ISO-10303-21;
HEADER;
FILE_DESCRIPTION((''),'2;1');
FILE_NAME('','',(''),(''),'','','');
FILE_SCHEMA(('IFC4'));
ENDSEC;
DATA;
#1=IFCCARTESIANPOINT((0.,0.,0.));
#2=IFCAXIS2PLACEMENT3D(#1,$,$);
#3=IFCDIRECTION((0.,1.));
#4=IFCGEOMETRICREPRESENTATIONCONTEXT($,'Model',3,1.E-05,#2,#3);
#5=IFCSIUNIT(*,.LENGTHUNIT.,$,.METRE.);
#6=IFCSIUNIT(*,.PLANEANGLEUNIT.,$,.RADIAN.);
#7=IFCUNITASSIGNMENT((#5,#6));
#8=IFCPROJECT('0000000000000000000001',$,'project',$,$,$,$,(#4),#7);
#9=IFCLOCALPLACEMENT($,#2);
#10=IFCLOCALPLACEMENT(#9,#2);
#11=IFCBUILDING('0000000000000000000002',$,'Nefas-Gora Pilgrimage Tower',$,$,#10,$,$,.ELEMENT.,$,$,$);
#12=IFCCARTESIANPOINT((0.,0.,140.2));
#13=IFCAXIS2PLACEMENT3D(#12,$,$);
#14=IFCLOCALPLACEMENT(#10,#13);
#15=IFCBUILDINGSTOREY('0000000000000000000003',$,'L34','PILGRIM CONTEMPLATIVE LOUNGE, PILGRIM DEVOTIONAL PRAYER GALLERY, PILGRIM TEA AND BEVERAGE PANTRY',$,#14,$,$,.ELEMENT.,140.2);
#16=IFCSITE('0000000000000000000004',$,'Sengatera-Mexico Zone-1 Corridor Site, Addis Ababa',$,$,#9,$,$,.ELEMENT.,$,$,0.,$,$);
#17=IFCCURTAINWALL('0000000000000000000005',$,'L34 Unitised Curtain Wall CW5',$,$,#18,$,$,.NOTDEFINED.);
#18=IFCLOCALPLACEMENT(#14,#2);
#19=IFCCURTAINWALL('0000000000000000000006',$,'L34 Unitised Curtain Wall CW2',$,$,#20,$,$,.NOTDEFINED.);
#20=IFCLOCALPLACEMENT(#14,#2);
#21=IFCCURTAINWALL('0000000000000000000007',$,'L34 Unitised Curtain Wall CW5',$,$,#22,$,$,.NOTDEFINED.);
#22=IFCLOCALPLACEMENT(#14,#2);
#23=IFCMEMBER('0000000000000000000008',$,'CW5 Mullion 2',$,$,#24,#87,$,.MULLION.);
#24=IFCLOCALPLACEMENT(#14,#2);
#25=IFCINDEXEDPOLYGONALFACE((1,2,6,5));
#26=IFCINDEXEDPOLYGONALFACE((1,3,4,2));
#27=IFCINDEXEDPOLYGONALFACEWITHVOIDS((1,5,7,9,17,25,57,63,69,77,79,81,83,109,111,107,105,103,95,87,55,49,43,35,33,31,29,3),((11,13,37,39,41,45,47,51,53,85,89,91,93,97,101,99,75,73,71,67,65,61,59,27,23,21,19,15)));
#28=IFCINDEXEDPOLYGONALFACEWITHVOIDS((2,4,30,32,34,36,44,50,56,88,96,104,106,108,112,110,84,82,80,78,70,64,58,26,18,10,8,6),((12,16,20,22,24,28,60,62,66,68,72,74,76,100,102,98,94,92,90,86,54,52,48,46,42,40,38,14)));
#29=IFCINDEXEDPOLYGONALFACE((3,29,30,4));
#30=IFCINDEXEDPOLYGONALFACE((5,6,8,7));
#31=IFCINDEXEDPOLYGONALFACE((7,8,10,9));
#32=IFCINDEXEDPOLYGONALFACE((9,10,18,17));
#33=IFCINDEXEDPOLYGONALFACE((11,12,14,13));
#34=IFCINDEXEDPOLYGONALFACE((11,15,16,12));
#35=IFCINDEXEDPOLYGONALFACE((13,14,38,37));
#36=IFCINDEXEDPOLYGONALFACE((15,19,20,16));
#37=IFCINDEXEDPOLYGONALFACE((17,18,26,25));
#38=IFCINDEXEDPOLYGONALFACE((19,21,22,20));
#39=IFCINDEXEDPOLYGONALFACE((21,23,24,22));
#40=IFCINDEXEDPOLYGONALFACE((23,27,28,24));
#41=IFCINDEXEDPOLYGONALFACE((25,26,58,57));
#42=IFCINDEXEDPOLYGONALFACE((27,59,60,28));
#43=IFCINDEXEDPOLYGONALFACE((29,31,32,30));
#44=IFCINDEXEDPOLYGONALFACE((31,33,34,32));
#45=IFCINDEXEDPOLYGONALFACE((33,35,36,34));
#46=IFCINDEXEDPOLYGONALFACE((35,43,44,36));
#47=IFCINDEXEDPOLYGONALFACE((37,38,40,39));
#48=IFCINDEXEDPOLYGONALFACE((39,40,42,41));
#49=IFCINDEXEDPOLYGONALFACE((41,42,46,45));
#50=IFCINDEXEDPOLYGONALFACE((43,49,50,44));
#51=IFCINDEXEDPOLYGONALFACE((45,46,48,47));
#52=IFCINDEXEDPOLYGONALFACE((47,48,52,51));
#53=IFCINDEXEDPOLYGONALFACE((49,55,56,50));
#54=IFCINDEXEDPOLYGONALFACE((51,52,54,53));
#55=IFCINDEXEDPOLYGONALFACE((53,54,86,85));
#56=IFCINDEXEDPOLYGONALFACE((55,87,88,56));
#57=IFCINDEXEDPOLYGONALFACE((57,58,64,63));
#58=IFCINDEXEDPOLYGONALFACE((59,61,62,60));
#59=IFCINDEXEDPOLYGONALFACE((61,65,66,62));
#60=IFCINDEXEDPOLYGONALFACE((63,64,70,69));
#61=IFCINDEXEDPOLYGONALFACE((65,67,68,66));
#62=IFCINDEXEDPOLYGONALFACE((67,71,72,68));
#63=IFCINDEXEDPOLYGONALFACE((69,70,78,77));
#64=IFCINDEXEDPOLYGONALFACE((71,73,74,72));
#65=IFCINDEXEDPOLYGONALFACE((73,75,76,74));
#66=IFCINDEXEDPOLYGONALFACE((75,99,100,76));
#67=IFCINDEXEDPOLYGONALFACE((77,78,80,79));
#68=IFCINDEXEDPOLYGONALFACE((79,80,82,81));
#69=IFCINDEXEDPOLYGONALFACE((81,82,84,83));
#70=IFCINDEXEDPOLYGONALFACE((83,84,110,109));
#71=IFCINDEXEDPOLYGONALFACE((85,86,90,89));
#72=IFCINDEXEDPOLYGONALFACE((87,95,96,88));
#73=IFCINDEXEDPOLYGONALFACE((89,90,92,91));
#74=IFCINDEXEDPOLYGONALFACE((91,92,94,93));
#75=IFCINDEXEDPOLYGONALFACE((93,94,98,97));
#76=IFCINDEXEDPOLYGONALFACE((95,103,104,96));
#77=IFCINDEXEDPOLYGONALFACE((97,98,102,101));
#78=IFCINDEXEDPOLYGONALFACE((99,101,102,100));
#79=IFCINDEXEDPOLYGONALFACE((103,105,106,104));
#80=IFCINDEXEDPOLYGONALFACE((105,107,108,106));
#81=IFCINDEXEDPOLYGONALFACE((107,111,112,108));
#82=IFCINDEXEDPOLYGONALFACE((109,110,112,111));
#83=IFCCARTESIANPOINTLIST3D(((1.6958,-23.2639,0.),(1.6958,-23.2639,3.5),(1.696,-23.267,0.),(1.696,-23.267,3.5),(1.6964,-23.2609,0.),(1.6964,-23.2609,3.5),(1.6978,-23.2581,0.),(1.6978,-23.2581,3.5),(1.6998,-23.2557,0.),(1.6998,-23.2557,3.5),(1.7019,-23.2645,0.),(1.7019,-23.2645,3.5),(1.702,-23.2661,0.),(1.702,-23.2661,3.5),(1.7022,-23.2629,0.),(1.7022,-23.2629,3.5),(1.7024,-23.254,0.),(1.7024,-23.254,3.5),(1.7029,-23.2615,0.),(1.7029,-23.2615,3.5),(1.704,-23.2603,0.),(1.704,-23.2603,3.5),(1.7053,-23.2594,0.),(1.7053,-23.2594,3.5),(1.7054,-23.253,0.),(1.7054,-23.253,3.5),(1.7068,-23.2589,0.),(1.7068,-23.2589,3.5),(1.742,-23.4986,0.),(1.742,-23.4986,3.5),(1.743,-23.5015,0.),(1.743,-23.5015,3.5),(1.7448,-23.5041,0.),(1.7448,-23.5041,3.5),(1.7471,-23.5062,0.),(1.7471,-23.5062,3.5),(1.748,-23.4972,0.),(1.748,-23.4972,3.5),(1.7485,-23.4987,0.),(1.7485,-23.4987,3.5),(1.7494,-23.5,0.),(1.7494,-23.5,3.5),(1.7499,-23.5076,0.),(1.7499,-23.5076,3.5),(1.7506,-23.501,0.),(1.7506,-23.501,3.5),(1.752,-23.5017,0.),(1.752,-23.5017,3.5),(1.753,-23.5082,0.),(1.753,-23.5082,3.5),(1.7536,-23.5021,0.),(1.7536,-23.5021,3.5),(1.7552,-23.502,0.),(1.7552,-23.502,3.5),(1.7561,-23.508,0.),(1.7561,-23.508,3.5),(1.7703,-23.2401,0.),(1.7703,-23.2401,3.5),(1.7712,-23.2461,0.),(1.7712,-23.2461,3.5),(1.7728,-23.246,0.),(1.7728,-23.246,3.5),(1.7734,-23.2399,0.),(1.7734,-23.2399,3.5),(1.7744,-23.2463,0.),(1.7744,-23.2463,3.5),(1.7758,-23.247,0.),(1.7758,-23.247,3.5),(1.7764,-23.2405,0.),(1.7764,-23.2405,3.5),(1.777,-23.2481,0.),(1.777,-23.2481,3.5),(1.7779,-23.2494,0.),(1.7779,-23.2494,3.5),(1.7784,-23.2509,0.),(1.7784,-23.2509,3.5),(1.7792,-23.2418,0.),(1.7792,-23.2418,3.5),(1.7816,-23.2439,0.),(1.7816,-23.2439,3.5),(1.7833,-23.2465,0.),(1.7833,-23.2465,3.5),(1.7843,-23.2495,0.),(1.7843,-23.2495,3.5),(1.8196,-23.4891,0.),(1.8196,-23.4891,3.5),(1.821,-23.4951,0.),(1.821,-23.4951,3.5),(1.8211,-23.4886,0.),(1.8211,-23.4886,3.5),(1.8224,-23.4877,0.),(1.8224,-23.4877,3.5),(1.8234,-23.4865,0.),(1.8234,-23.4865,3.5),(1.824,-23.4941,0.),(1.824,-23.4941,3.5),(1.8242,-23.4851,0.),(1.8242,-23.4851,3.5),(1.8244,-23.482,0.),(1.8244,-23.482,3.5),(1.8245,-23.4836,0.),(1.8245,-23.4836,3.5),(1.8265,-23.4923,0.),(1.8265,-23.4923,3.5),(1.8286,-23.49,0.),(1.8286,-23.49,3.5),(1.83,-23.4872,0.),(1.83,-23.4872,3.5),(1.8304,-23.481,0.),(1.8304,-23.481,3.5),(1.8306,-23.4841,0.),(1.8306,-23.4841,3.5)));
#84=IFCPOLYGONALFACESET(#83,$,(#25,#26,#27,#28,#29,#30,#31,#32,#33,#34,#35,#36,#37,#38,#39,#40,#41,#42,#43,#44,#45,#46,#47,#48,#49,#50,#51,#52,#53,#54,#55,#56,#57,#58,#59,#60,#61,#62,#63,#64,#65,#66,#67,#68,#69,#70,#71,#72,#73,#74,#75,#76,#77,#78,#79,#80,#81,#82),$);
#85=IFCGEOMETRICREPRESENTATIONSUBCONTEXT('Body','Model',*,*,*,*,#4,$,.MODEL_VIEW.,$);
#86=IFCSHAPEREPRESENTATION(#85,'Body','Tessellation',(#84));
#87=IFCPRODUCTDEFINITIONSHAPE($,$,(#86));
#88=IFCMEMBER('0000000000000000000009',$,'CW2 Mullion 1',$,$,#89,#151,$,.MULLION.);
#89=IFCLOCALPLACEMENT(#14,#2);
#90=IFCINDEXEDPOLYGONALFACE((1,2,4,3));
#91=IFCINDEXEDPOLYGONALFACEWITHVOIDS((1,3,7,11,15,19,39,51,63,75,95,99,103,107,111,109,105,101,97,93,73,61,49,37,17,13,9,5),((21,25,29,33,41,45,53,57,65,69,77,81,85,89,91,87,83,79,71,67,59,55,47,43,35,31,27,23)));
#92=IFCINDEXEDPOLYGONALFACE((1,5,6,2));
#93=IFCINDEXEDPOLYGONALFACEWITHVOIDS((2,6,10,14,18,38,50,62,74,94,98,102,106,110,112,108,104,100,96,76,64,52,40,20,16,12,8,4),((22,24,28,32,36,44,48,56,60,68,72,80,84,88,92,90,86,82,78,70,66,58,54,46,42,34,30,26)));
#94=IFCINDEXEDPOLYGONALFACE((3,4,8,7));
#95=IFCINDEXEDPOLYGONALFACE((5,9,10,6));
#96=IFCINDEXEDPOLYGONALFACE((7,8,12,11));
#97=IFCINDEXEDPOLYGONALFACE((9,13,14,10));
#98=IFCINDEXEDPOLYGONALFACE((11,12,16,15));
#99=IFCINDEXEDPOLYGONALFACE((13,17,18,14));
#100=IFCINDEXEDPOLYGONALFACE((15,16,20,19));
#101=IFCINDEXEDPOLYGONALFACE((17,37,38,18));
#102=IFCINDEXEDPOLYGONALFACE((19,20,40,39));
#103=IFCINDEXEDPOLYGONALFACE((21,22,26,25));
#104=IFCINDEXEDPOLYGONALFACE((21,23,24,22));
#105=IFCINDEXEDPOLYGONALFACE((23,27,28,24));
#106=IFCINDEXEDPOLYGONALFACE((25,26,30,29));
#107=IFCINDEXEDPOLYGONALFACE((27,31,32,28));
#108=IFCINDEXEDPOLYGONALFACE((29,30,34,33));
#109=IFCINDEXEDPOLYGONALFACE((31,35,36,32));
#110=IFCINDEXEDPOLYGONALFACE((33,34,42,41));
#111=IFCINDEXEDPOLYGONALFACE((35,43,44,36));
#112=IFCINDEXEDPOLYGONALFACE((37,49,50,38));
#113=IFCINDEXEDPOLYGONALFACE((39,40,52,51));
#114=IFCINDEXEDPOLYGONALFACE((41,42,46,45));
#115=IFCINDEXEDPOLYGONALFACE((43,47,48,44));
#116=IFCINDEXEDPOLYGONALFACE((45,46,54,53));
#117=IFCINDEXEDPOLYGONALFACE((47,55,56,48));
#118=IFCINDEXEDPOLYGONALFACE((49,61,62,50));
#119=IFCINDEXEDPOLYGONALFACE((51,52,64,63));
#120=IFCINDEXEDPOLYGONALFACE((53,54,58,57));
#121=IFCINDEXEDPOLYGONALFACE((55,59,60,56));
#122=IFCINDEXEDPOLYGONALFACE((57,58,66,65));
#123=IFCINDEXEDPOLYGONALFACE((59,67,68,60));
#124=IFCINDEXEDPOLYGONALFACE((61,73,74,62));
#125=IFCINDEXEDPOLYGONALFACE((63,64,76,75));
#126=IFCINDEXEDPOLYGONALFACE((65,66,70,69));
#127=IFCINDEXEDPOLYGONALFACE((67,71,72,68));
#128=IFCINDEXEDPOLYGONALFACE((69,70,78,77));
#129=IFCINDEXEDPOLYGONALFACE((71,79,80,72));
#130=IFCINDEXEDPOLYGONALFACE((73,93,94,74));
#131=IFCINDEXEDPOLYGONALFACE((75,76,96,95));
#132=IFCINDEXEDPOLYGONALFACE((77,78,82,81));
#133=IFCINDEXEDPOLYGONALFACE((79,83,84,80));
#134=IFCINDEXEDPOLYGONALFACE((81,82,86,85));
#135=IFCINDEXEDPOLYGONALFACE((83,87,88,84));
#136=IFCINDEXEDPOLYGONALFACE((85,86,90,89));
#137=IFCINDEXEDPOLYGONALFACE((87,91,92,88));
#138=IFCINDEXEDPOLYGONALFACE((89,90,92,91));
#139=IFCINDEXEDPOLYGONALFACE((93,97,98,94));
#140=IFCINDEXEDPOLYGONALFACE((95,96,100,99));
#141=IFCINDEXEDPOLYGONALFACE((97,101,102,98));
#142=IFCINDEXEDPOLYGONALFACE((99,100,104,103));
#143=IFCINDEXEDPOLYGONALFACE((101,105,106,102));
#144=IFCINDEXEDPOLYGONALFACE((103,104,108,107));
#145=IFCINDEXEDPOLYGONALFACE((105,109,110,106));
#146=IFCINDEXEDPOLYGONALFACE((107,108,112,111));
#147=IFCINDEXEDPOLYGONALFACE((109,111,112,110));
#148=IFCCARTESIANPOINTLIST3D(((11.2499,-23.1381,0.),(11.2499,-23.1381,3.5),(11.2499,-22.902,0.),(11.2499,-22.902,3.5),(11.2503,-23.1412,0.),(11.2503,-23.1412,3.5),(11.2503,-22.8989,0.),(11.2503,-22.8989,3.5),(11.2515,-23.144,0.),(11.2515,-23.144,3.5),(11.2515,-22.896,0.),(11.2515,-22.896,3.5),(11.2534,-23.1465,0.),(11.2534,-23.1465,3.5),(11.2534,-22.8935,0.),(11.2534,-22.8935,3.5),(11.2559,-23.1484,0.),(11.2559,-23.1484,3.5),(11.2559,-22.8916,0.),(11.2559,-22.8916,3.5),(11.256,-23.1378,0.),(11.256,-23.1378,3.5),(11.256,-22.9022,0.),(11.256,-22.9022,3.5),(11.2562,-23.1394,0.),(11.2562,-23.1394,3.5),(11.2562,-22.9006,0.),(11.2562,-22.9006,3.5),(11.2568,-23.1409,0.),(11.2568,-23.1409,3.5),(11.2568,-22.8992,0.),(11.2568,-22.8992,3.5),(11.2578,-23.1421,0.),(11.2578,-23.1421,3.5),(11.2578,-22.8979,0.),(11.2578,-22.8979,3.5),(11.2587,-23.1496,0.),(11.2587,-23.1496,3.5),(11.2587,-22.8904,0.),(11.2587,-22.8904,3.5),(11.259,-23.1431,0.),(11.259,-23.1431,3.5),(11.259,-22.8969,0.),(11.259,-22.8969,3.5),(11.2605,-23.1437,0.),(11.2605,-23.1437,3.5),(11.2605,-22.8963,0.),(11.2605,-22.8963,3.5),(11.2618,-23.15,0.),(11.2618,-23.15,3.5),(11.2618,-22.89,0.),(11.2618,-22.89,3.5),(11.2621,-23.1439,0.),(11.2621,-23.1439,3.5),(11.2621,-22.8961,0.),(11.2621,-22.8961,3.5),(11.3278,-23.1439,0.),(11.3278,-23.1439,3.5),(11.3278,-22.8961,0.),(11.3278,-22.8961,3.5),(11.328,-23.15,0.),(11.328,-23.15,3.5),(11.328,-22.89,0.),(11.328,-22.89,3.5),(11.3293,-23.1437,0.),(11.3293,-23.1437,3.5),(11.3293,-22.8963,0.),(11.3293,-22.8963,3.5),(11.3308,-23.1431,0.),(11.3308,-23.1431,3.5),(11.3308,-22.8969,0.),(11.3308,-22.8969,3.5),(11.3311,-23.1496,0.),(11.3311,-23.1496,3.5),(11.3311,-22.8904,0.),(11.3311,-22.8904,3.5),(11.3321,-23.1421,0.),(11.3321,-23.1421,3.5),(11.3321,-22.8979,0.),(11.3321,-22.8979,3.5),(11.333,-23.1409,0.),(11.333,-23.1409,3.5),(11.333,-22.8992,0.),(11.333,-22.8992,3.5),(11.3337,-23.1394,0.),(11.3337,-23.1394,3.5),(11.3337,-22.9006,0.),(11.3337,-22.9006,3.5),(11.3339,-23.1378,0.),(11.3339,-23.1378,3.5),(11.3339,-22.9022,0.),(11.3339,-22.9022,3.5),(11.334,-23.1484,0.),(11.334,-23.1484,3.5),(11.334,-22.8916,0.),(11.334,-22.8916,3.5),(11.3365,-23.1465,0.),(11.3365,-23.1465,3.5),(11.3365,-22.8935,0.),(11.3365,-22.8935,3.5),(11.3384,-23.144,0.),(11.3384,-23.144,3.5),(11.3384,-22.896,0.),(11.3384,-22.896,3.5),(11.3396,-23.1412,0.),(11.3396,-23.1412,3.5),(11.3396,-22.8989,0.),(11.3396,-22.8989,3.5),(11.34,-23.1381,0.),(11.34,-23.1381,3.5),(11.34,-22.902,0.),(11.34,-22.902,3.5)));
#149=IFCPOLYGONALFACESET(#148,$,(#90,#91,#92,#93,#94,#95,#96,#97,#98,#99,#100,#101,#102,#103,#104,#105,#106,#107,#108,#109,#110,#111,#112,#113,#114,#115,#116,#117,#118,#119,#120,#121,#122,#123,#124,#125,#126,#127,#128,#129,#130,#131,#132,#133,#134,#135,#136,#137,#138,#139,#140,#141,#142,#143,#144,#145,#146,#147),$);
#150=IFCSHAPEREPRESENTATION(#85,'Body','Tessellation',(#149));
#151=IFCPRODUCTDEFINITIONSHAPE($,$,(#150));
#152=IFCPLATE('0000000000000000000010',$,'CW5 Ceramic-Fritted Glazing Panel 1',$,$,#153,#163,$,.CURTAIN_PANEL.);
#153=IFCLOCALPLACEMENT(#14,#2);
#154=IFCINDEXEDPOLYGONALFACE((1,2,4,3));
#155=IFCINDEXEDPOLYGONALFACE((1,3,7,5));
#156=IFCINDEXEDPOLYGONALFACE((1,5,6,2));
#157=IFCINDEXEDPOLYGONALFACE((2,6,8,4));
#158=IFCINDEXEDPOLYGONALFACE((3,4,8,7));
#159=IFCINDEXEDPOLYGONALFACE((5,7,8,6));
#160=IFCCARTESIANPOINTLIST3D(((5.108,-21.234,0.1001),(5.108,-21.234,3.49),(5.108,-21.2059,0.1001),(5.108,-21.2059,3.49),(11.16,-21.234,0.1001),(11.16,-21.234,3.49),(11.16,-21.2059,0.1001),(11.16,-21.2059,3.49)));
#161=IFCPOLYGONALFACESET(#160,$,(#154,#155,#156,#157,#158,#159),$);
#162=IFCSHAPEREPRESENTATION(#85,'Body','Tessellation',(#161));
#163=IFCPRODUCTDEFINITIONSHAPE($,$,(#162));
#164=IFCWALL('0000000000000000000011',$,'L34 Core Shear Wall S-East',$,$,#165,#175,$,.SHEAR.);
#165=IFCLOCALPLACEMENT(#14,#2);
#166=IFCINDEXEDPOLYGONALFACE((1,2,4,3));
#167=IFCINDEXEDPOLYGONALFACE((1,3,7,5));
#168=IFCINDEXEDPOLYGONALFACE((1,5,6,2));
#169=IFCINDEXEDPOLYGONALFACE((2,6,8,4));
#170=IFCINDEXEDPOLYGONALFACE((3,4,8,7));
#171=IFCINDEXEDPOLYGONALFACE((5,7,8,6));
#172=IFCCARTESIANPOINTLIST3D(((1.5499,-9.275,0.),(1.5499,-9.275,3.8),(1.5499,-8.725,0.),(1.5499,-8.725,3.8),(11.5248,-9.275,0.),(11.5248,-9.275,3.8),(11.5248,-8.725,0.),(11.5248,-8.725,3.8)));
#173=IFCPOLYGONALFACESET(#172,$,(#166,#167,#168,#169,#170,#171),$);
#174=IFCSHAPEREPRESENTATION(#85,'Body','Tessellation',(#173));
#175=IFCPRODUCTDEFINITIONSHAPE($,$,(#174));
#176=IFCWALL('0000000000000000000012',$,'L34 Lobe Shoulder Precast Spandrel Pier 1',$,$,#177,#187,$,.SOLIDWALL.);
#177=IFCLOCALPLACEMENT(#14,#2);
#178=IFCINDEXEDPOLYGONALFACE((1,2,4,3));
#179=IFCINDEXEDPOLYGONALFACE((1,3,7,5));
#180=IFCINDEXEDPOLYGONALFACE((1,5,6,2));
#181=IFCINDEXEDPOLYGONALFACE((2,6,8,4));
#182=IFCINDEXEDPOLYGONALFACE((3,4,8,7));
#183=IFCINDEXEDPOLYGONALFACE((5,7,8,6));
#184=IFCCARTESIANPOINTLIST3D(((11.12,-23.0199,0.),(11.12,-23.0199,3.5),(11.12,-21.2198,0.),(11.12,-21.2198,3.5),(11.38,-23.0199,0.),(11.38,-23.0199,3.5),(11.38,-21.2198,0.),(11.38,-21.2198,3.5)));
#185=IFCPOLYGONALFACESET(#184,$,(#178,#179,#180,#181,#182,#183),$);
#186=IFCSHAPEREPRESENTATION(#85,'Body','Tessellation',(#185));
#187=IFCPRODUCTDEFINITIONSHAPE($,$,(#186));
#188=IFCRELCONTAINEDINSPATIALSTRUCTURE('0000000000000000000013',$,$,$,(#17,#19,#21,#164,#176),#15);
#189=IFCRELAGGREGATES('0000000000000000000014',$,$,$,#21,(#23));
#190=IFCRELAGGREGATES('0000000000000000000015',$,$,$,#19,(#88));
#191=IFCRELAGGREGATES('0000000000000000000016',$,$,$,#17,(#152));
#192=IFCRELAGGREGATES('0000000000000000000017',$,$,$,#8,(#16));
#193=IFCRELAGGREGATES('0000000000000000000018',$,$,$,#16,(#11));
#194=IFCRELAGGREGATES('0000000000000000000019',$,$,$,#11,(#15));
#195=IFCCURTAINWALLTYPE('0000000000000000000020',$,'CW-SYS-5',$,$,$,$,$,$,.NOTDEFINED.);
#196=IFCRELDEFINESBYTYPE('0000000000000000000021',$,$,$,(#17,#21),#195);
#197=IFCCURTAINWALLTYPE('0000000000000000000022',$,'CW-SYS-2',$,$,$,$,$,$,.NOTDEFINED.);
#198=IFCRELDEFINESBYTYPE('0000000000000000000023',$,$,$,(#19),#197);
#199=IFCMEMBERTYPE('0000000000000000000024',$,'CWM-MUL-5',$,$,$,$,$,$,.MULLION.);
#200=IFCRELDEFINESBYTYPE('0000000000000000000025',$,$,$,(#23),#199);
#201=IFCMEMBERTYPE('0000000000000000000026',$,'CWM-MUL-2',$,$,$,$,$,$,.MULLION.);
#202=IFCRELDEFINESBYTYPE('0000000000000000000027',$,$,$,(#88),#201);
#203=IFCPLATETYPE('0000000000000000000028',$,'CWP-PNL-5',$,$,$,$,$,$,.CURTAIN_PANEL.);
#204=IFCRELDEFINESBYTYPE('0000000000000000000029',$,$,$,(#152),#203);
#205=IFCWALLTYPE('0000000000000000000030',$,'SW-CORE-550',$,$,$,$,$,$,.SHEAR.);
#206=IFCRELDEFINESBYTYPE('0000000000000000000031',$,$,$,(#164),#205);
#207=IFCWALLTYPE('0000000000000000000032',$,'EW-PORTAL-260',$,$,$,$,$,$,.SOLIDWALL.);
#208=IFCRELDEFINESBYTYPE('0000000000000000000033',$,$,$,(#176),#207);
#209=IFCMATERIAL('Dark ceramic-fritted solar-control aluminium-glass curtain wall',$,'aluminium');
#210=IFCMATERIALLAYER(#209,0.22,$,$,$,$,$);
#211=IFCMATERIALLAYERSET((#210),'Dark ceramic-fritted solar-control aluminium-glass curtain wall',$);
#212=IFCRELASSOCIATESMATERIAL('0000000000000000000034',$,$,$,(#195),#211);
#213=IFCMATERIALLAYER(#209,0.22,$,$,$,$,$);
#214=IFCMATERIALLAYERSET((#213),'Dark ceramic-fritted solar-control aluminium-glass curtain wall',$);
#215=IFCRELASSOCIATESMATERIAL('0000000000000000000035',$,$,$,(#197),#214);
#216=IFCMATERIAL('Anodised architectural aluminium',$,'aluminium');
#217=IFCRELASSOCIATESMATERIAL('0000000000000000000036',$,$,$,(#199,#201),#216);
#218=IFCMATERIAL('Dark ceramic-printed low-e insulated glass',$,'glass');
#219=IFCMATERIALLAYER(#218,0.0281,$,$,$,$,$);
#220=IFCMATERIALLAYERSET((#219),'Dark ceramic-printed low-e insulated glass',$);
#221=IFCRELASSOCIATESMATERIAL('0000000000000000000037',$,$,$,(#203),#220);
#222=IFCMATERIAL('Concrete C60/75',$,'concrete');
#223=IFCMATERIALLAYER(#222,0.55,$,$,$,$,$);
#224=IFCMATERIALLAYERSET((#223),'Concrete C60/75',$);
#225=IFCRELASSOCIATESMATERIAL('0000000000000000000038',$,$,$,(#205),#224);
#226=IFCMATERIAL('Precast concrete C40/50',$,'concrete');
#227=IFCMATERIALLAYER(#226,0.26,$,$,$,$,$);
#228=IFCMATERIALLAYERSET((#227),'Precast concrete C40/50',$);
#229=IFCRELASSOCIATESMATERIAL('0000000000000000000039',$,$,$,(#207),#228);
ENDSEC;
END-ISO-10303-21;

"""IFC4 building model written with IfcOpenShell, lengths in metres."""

from ifc_helpers import new_model, si_unit, direction, frame, frame_2d, origin, origin_2d, place, context, subcontext, project, spatial, rectangle, hollow_rectangle, extrude, source, transform, mapped, material, layer, layer_set, material_profile, profile_set, type_object, element, aggregate, save


model = new_model("IFC4")

# Units and contexts
model_context = context("Model", 3, precision=1e-05, world=origin(), true_north=direction((0.0, 1.0)))
body_context = subcontext(model_context, "Body", "Model", "MODEL_VIEW")
ifc_project = project(units=[si_unit("LENGTHUNIT", "METRE"), si_unit("PLANEANGLEUNIT", "RADIAN")], contexts=[model_context])

# Site, building, storey
site_placement = place(None, origin())
site = spatial("IfcSite", under=ifc_project, at=site_placement, Name="Sengatera-Mexico Zone-1 Corridor Site, Addis Ababa", CompositionType="ELEMENT", RefElevation=0.0)
building_placement = place(site_placement, origin())
building = spatial("IfcBuilding", under=site, at=building_placement, Name="Nefas-Gora Pilgrimage Tower", CompositionType="ELEMENT")
storey_placement = place(building_placement, frame((0.0, 0.0, 140.2)))
storey = spatial("IfcBuildingStorey", under=building, at=storey_placement, Name="L34", Description="PILGRIM CONTEMPLATIVE LOUNGE, PILGRIM DEVOTIONAL PRAYER GALLERY, PILGRIM TEA AND BEVERAGE PANTRY", CompositionType="ELEMENT", Elevation=140.2)

# Curtain walls
ifc_material_1 = material(Name="Dark ceramic-fritted solar-control aluminium-glass curtain wall", Category="aluminium")
ifc_layer_1 = layer(ifc_material_1, 0.22)
ifc_layer_set_1 = layer_set([ifc_layer_1], Name="Dark ceramic-fritted solar-control aluminium-glass curtain wall")
curtain_wall_type_1 = type_object("IfcCurtainWallType", Name="CW-SYS-5", PredefinedType="NOTDEFINED", material=ifc_layer_set_1)
curtain_wall_1_placement = place(storey_placement, origin())
curtain_wall_1 = element("IfcCurtainWall", 1, at=curtain_wall_1_placement, inside=storey, type_object=curtain_wall_type_1, Name="L34 Unitised Curtain Wall CW5", PredefinedType="NOTDEFINED")
ifc_material_2 = material(Name="Anodised architectural aluminium", Category="aluminium")
ifc_layer_2 = layer(ifc_material_1, 0.22)
ifc_layer_set_2 = layer_set([ifc_layer_2], Name="Dark ceramic-fritted solar-control aluminium-glass curtain wall")
curtain_wall_type_2 = type_object("IfcCurtainWallType", Name="CW-SYS-2", PredefinedType="NOTDEFINED", material=ifc_layer_set_2)
curtain_wall_2_placement = place(storey_placement, origin())
curtain_wall_2 = element("IfcCurtainWall", 2, at=curtain_wall_2_placement, inside=storey, type_object=curtain_wall_type_2, Name="L34 Unitised Curtain Wall CW2", PredefinedType="NOTDEFINED")

# Shared definitions
ifc_material_profile_1 = material_profile(ifc_material_2, hollow_rectangle(XDim=0.0901, YDim=0.26, WallThickness=0.0061, InnerFilletRadius=0.0061, OuterFilletRadius=0.012, at=origin_2d()), Name="ALU MULLION 90x260")
ifc_profile_set_1 = profile_set([ifc_material_profile_1], Name="Anodised architectural aluminium")
member_type_1 = type_object("IfcMemberType", Name="CWM-MUL-5", PredefinedType="MULLION", material=ifc_profile_set_1)
shared_shape_1 = source(origin(), body_context, "Body", "SweptSolid", [
    extrude(hollow_rectangle(XDim=0.0901, YDim=0.26, WallThickness=0.0061, InnerFilletRadius=0.0061, OuterFilletRadius=0.012, at=origin_2d()), origin(), (0.0, 0.0, 1.0), 3.5),
])

# Curtain wall, member
curtain_wall_3_placement = place(storey_placement, origin())
curtain_wall_3 = element("IfcCurtainWall", 3, at=curtain_wall_3_placement, inside=storey, type_object=curtain_wall_type_1, Name="L34 Unitised Curtain Wall CW5", PredefinedType="NOTDEFINED")
member_1_placement = place(storey_placement, frame((1.7632, -23.374, 0.0), z_axis=(0.0, 0.0, 1.0), x_axis=(0.980783, 0.195102, 0.0)))
member_1 = element("IfcMember", 4, at=member_1_placement, type_object=member_type_1, Name="CW5 Mullion 2", PredefinedType="MULLION", context=body_context, shape_type="MappedRepresentation", body=[
    mapped(shared_shape_1, transform((0.0, 0.0, 0.0), x_axis=(1.0, 0.0, 0.0), y_axis=(0.0, 1.0, 0.0), z_axis=(0.0, 0.0, 1.0), scale=1.0)),
])
aggregate(curtain_wall_3, [member_1])

# Member
ifc_material_profile_2 = material_profile(ifc_material_2, hollow_rectangle(XDim=0.0901, YDim=0.26, WallThickness=0.0061, InnerFilletRadius=0.0061, OuterFilletRadius=0.012, at=origin_2d()), Name="ALU MULLION 90x260")
ifc_profile_set_2 = profile_set([ifc_material_profile_2], Name="Anodised architectural aluminium")
member_type_2 = type_object("IfcMemberType", Name="CWM-MUL-2", PredefinedType="MULLION", material=ifc_profile_set_2)
shared_shape_2 = source(origin(), body_context, "Body", "SweptSolid", [
    extrude(hollow_rectangle(XDim=0.0901, YDim=0.26, WallThickness=0.0061, InnerFilletRadius=0.0061, OuterFilletRadius=0.012, at=origin_2d()), origin(), (0.0, 0.0, 1.0), 3.5),
])
member_2_placement = place(storey_placement, frame((11.2949, -23.02, 0.0), z_axis=(0.0, 0.0, 1.0), x_axis=(1.0, 0.0, 0.0)))
member_2 = element("IfcMember", 5, at=member_2_placement, type_object=member_type_2, Name="CW2 Mullion 1", PredefinedType="MULLION", context=body_context, shape_type="MappedRepresentation", body=[
    mapped(shared_shape_2, transform((0.0, 0.0, 0.0), x_axis=(1.0, 0.0, 0.0), y_axis=(0.0, 1.0, 0.0), z_axis=(0.0, 0.0, 1.0), scale=1.0)),
])
aggregate(curtain_wall_2, [member_2])

# Plate
ifc_material_3 = material(Name="Dark ceramic-printed low-e insulated glass", Category="glass")
ifc_layer_3 = layer(ifc_material_3, 0.0281)
ifc_layer_set_3 = layer_set([ifc_layer_3], Name="Dark ceramic-printed low-e insulated glass")
plate_type = type_object("IfcPlateType", Name="CWP-PNL-5", PredefinedType="CURTAIN_PANEL", material=ifc_layer_set_3)
shared_shape_3 = source(origin(), body_context, "Body", "SweptSolid", [
    extrude(rectangle(XDim=6.052, YDim=0.0281, at=origin_2d()), origin(), (0.0, 0.0, 1.0), 3.3899),
])
plate_placement = place(storey_placement, frame((8.134, -21.22, 0.1001), z_axis=(0.0, 0.0, 1.0), x_axis=(1.0, 0.0, 0.0)))
plate = element("IfcPlate", 6, at=plate_placement, type_object=plate_type, Name="CW5 Ceramic-Fritted Glazing Panel 1", PredefinedType="CURTAIN_PANEL", context=body_context, shape_type="MappedRepresentation", body=[
    mapped(shared_shape_3, transform((0.0, 0.0, 0.0), x_axis=(1.0, 0.0, 0.0), y_axis=(0.0, 1.0, 0.0), z_axis=(0.0, 0.0, 1.0), scale=1.0)),
])
aggregate(curtain_wall_1, [plate])

# Walls
ifc_material_4 = material(Name="Concrete C60/75", Category="concrete")
ifc_layer_4 = layer(ifc_material_4, 0.55)
ifc_layer_set_4 = layer_set([ifc_layer_4], Name="Concrete C60/75")
wall_type_1 = type_object("IfcWallType", Name="SW-CORE-550", PredefinedType="SHEAR", material=ifc_layer_set_4)
shared_shape_4 = source(origin(), body_context, "Body", "SweptSolid", [
    extrude(rectangle(XDim=9.9749, YDim=0.55, at=frame_2d((4.9873, 0.0))), origin(), (0.0, 0.0, 1.0), 3.8),
])
wall_1_placement = place(storey_placement, frame((1.55, -9.0, 0.0), z_axis=(0.0, 0.0, 1.0), x_axis=(1.0, 0.0, 0.0)))
element("IfcWall", 7, at=wall_1_placement, inside=storey, type_object=wall_type_1, Name="L34 Core Shear Wall S-East", PredefinedType="SHEAR", context=body_context, shape_type="MappedRepresentation", body=[
    mapped(shared_shape_4, transform((0.0, 0.0, 0.0), x_axis=(1.0, 0.0, 0.0), y_axis=(0.0, 1.0, 0.0), z_axis=(0.0, 0.0, 1.0), scale=1.0)),
])
ifc_material_5 = material(Name="Precast concrete C40/50", Category="concrete")
ifc_layer_5 = layer(ifc_material_5, 0.26)
ifc_layer_set_5 = layer_set([ifc_layer_5], Name="Precast concrete C40/50")
wall_type_2 = type_object("IfcWallType", Name="EW-PORTAL-260", PredefinedType="SOLIDWALL", material=ifc_layer_set_5)
shared_shape_5 = source(origin(), body_context, "Body", "SweptSolid", [
    extrude(rectangle(XDim=1.8, YDim=0.26, at=frame_2d((0.8999, 0.0))), origin(), (0.0, 0.0, 1.0), 3.5),
])
wall_2_placement = place(storey_placement, frame((11.25, -21.22, 0.0), z_axis=(0.0, 0.0, 1.0), x_axis=(0.0, -1.0, 0.0)))
element("IfcWall", 8, at=wall_2_placement, inside=storey, type_object=wall_type_2, Name="L34 Lobe Shoulder Precast Spandrel Pier 1", PredefinedType="SOLIDWALL", context=body_context, shape_type="MappedRepresentation", body=[
    mapped(shared_shape_5, transform((0.0, 0.0, 0.0), x_axis=(1.0, 0.0, 0.0), y_axis=(0.0, 1.0, 0.0), z_axis=(0.0, 0.0, 1.0), scale=1.0)),
])

save(model, "model.ifc")
